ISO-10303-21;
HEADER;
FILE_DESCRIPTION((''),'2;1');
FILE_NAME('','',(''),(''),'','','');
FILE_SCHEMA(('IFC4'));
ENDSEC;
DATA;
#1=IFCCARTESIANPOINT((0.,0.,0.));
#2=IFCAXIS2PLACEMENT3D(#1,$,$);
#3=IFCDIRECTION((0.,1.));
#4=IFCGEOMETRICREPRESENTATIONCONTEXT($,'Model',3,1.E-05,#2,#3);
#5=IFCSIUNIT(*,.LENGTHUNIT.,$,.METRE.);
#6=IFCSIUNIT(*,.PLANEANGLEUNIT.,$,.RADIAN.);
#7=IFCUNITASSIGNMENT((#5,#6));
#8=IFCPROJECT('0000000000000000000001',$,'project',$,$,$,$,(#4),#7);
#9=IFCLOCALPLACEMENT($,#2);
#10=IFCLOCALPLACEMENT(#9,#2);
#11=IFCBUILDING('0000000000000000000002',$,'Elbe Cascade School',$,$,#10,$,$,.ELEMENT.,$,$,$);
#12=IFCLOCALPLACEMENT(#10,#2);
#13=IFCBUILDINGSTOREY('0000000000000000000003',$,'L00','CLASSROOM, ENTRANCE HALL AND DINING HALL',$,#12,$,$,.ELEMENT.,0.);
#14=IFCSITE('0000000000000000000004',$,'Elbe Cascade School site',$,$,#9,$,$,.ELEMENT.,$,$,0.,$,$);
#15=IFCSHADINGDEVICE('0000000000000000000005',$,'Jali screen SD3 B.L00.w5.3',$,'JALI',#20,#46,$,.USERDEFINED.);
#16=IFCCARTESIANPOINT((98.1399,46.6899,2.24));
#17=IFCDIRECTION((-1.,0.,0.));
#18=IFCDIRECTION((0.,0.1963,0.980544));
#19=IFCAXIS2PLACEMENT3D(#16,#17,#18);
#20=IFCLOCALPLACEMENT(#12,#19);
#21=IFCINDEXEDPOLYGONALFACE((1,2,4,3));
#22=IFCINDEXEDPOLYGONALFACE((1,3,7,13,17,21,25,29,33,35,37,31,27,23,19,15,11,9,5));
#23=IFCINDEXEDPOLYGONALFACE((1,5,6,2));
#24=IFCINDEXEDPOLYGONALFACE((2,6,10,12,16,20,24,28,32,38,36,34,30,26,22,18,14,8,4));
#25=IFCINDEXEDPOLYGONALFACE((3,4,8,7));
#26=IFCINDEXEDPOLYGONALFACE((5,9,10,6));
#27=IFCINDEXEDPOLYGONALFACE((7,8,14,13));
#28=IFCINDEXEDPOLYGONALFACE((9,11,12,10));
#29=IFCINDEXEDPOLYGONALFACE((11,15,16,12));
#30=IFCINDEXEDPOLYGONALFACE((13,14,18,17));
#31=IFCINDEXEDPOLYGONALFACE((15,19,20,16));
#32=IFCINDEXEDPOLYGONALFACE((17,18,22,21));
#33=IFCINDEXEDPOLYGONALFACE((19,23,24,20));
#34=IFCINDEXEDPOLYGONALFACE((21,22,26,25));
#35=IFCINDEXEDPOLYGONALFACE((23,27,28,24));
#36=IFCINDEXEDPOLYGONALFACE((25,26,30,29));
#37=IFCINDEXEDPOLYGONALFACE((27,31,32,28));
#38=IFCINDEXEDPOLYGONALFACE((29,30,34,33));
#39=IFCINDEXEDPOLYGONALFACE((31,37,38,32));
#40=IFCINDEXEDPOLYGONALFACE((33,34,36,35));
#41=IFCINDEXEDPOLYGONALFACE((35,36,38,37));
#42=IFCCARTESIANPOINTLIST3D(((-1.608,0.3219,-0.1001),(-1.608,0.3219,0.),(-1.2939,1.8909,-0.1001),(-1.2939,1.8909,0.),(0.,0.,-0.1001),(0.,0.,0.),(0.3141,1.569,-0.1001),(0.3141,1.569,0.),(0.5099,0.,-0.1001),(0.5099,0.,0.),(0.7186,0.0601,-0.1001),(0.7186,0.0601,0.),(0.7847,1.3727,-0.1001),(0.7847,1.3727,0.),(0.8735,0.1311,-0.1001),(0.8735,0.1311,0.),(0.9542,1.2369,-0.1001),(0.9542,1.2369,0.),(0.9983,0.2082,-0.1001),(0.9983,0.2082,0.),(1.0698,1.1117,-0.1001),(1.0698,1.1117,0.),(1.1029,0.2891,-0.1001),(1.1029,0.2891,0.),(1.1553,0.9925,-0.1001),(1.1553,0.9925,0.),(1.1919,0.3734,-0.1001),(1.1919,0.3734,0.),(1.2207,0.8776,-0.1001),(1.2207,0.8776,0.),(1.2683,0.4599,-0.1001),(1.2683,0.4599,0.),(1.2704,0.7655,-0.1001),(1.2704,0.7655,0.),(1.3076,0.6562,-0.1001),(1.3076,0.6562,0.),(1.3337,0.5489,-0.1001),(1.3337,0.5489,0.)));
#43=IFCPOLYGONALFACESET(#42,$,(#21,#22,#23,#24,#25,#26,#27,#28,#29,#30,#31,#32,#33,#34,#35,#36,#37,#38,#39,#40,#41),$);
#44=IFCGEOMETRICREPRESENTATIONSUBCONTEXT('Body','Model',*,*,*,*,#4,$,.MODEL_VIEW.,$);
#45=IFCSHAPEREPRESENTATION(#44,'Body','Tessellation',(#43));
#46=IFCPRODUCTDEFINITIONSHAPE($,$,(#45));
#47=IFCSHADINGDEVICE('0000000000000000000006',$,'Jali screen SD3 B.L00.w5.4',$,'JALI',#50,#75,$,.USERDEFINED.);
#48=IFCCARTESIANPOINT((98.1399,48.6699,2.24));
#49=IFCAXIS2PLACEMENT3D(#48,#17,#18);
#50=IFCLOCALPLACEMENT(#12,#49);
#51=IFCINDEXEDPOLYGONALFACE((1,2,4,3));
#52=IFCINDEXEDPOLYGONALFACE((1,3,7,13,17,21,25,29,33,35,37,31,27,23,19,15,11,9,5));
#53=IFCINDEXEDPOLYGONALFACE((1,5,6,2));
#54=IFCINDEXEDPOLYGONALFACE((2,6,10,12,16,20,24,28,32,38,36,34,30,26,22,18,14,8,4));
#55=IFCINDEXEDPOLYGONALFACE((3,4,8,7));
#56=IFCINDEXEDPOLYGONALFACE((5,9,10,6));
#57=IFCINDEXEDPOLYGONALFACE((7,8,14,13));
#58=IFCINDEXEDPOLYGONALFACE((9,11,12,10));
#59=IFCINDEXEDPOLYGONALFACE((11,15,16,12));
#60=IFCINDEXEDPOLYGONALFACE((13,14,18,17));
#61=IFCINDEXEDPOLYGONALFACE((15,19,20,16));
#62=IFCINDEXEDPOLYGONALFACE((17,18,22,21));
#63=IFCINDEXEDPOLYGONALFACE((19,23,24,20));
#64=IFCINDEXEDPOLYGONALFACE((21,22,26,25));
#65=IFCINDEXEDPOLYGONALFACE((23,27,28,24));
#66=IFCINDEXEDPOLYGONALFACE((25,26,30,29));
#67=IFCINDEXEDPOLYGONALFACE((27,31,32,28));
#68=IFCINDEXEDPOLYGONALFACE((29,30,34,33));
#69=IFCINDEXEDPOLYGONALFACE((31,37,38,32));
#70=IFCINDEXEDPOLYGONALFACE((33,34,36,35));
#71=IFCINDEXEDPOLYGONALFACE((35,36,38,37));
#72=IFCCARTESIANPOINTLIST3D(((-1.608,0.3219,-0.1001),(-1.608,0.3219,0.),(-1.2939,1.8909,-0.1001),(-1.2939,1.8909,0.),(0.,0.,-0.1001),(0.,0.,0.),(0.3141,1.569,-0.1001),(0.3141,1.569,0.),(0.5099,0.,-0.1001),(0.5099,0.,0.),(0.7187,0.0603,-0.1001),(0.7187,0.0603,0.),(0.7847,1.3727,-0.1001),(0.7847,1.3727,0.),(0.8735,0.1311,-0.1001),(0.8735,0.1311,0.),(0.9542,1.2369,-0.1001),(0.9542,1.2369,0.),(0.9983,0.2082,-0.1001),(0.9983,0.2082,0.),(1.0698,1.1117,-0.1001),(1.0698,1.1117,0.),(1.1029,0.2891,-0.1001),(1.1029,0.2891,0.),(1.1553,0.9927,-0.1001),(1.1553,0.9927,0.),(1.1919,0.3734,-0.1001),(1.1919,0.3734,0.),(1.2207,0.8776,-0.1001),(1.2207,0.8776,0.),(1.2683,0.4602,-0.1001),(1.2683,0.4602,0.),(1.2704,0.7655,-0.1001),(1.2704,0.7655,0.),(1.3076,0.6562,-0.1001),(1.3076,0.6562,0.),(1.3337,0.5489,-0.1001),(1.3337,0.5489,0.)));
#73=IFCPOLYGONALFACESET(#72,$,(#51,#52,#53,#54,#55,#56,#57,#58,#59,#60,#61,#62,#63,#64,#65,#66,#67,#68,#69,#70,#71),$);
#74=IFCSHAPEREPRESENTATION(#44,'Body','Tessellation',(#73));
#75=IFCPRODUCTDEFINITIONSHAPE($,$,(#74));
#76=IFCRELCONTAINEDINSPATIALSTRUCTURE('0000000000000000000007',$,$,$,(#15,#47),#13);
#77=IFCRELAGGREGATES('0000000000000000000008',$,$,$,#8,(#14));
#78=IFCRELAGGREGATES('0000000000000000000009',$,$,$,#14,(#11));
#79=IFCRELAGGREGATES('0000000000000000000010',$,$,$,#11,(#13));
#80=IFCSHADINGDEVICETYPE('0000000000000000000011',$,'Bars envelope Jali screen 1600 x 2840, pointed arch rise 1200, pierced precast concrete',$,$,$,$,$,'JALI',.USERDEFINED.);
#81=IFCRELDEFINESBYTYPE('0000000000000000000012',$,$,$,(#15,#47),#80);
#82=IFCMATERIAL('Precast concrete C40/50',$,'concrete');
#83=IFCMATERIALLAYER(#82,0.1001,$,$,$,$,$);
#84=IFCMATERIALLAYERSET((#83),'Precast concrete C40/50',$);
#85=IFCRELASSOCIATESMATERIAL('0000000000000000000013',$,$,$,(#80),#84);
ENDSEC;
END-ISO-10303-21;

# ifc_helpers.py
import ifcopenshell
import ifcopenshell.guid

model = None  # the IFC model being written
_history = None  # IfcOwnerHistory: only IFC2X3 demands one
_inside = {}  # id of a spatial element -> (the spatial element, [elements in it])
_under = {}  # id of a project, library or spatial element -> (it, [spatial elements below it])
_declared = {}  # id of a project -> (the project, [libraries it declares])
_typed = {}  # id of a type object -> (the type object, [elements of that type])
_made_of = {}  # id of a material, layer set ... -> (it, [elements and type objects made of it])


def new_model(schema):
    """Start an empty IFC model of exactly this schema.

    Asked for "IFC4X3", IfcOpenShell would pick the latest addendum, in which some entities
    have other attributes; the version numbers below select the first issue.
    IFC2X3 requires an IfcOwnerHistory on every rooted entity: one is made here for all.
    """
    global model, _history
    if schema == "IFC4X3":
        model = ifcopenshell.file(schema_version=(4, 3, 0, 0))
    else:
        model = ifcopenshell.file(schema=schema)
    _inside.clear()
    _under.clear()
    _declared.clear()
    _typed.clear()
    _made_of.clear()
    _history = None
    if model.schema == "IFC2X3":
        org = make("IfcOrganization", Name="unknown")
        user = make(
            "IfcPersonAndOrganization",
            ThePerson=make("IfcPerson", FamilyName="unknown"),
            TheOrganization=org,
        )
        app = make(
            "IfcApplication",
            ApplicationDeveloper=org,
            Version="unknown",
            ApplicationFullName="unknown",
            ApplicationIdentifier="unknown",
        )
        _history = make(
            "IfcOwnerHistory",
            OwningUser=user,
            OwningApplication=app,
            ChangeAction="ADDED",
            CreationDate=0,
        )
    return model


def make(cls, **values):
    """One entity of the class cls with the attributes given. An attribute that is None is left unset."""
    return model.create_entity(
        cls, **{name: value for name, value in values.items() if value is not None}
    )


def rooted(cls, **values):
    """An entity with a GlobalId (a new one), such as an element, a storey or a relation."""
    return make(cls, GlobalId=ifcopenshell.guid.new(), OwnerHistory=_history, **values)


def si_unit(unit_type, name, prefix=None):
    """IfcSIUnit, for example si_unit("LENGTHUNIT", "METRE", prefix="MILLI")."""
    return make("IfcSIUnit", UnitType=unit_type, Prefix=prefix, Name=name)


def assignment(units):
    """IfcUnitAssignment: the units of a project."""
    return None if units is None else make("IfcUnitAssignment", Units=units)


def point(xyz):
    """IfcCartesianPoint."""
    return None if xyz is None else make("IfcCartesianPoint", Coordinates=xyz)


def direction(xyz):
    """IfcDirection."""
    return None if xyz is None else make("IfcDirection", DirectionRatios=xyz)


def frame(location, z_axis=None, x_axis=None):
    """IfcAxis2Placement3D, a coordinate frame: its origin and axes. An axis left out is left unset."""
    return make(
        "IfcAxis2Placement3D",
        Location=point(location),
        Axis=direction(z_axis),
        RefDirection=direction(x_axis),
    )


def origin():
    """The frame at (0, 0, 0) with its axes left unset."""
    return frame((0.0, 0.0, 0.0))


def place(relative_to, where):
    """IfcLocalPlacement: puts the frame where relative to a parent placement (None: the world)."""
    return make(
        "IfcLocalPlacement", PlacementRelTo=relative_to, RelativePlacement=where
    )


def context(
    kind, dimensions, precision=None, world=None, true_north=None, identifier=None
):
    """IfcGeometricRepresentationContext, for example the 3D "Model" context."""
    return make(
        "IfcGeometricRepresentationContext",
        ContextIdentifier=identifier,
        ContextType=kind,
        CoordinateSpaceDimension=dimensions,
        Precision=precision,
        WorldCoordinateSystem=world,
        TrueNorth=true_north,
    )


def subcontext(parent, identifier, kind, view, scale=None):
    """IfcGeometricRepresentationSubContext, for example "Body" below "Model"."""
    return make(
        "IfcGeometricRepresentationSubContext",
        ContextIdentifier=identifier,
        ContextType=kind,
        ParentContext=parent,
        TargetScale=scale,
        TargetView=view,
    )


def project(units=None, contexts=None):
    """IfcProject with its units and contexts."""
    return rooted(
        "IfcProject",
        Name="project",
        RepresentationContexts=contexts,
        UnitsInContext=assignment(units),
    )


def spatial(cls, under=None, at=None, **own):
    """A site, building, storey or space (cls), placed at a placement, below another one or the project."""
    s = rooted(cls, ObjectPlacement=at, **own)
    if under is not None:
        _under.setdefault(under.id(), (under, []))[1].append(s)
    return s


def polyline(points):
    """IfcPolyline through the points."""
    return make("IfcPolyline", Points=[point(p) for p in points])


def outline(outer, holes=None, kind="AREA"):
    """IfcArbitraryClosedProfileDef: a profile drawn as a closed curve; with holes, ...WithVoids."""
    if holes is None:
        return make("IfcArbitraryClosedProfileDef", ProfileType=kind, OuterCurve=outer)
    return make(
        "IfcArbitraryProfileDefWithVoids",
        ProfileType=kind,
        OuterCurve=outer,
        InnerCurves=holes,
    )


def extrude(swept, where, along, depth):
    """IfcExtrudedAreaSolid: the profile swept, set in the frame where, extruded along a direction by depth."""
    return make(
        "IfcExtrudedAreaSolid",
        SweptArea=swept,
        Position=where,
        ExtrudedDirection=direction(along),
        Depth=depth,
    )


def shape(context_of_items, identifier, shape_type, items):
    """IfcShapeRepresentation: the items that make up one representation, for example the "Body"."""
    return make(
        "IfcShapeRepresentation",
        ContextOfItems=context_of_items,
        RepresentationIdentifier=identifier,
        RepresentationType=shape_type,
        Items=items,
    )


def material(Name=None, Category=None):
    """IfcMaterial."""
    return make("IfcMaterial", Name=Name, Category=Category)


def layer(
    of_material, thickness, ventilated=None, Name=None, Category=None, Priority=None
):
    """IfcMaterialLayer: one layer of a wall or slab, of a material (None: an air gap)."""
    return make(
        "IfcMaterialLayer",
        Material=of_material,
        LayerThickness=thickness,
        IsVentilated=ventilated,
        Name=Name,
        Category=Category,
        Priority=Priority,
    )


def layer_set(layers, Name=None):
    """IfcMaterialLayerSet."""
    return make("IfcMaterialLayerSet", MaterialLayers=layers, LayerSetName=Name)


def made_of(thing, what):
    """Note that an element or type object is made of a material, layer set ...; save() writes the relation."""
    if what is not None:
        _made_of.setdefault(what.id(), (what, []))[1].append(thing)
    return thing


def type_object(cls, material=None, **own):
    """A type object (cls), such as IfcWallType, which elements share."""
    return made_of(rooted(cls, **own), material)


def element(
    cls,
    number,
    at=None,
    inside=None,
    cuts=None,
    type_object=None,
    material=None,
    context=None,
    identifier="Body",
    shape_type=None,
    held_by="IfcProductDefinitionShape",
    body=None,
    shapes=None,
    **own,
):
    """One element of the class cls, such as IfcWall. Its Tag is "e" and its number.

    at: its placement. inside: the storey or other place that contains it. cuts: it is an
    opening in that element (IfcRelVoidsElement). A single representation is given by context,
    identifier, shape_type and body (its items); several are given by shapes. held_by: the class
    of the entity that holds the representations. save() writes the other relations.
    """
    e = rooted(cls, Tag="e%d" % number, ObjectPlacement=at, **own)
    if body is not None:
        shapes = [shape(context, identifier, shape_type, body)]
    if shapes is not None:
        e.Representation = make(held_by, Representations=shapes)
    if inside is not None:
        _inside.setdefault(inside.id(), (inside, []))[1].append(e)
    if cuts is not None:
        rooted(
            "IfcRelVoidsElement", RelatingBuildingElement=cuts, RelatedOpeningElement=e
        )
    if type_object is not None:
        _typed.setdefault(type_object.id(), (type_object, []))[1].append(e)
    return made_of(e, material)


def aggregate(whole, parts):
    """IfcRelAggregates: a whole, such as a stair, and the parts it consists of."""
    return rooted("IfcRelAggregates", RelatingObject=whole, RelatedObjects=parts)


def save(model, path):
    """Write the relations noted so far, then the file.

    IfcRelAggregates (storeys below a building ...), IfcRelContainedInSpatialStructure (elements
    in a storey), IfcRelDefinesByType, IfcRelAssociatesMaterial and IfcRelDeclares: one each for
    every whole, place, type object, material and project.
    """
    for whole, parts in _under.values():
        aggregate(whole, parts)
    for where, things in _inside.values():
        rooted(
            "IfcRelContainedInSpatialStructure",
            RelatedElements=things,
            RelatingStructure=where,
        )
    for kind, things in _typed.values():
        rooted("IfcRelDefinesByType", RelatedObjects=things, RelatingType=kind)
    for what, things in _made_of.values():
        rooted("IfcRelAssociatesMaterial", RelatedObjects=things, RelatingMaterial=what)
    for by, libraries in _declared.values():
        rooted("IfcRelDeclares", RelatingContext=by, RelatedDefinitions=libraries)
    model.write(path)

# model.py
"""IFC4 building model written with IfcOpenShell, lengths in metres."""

from ifc_helpers import new_model, si_unit, direction, frame, origin, place, context, subcontext, project, spatial, polyline, outline, extrude, material, layer, layer_set, type_object, element, save


model = new_model("IFC4")

# Units and contexts
model_context = context("Model", 3, precision=1e-05, world=origin(), true_north=direction((0.0, 1.0)))
body_context = subcontext(model_context, "Body", "Model", "MODEL_VIEW")
ifc_project = project(units=[si_unit("LENGTHUNIT", "METRE"), si_unit("PLANEANGLEUNIT", "RADIAN")], contexts=[model_context])

# Site, building, storey
site_placement = place(None, origin())
site = spatial("IfcSite", under=ifc_project, at=site_placement, Name="Elbe Cascade School site", CompositionType="ELEMENT", RefElevation=0.0)
building_placement = place(site_placement, origin())
building = spatial("IfcBuilding", under=site, at=building_placement, Name="Elbe Cascade School", CompositionType="ELEMENT")
storey_placement = place(building_placement, origin())
storey = spatial("IfcBuildingStorey", under=building, at=storey_placement, Name="L00", Description="CLASSROOM, ENTRANCE HALL AND DINING HALL", CompositionType="ELEMENT", Elevation=0.0)

# Shading devices
ifc_material_1 = material(Name="Precast concrete C40/50", Category="concrete")
ifc_layer_1 = layer(ifc_material_1, 0.1001)
ifc_layer_set_1 = layer_set([ifc_layer_1], Name="Precast concrete C40/50")
shading_device_type_1 = type_object("IfcShadingDeviceType", Name="Bars envelope Jali screen 1600 x 2840, pointed arch rise 1200, pierced precast concrete", ElementType="JALI", PredefinedType="USERDEFINED", material=ifc_layer_set_1)
shading_device_1_placement = place(storey_placement, frame((98.1399, 46.6899, 2.24), z_axis=(-1.0, 0.0, 0.0), x_axis=(0.0, 0.1963, 0.980544)))
element("IfcShadingDevice", 1, at=shading_device_1_placement, inside=storey, type_object=shading_device_type_1, Name="Jali screen SD3 B.L00.w5.3", ObjectType="JALI", PredefinedType="USERDEFINED", context=body_context, shape_type="SweptSolid", body=[
    extrude(outline(polyline([(0.0, 0.0), (0.5099, 0.0), (0.7186, 0.0601), (0.8735, 0.1311), (0.9983, 0.2082), (1.1029, 0.2891), (1.1919, 0.3734), (1.2683, 0.4599), (1.3337, 0.5489), (1.3076, 0.6562), (1.2704, 0.7655), (1.2207, 0.8776), (1.1553, 0.9925), (1.0698, 1.1117), (0.9542, 1.2369), (0.7847, 1.3727), (0.3141, 1.569), (-1.2939, 1.8909), (-1.608, 0.3219), (0.0, 0.0)])), origin(), (0.0, 0.0, -1.0), 0.1001),
])
shading_device_2_placement = place(storey_placement, frame((98.1399, 48.6699, 2.24), z_axis=(-1.0, 0.0, 0.0), x_axis=(0.0, 0.1963, 0.980544)))
element("IfcShadingDevice", 2, at=shading_device_2_placement, inside=storey, type_object=shading_device_type_1, Name="Jali screen SD3 B.L00.w5.4", ObjectType="JALI", PredefinedType="USERDEFINED", context=body_context, shape_type="SweptSolid", body=[
    extrude(outline(polyline([(0.0, 0.0), (0.5099, 0.0), (0.7187, 0.0603), (0.8735, 0.1311), (0.9983, 0.2082), (1.1029, 0.2891), (1.1919, 0.3734), (1.2683, 0.4602), (1.3337, 0.5489), (1.3076, 0.6562), (1.2704, 0.7655), (1.2207, 0.8776), (1.1553, 0.9927), (1.0698, 1.1117), (0.9542, 1.2369), (0.7847, 1.3727), (0.3141, 1.569), (-1.2939, 1.8909), (-1.608, 0.3219), (0.0, 0.0)])), origin(), (0.0, 0.0, -1.0), 0.1001),
])

save(model, "model.ifc")
